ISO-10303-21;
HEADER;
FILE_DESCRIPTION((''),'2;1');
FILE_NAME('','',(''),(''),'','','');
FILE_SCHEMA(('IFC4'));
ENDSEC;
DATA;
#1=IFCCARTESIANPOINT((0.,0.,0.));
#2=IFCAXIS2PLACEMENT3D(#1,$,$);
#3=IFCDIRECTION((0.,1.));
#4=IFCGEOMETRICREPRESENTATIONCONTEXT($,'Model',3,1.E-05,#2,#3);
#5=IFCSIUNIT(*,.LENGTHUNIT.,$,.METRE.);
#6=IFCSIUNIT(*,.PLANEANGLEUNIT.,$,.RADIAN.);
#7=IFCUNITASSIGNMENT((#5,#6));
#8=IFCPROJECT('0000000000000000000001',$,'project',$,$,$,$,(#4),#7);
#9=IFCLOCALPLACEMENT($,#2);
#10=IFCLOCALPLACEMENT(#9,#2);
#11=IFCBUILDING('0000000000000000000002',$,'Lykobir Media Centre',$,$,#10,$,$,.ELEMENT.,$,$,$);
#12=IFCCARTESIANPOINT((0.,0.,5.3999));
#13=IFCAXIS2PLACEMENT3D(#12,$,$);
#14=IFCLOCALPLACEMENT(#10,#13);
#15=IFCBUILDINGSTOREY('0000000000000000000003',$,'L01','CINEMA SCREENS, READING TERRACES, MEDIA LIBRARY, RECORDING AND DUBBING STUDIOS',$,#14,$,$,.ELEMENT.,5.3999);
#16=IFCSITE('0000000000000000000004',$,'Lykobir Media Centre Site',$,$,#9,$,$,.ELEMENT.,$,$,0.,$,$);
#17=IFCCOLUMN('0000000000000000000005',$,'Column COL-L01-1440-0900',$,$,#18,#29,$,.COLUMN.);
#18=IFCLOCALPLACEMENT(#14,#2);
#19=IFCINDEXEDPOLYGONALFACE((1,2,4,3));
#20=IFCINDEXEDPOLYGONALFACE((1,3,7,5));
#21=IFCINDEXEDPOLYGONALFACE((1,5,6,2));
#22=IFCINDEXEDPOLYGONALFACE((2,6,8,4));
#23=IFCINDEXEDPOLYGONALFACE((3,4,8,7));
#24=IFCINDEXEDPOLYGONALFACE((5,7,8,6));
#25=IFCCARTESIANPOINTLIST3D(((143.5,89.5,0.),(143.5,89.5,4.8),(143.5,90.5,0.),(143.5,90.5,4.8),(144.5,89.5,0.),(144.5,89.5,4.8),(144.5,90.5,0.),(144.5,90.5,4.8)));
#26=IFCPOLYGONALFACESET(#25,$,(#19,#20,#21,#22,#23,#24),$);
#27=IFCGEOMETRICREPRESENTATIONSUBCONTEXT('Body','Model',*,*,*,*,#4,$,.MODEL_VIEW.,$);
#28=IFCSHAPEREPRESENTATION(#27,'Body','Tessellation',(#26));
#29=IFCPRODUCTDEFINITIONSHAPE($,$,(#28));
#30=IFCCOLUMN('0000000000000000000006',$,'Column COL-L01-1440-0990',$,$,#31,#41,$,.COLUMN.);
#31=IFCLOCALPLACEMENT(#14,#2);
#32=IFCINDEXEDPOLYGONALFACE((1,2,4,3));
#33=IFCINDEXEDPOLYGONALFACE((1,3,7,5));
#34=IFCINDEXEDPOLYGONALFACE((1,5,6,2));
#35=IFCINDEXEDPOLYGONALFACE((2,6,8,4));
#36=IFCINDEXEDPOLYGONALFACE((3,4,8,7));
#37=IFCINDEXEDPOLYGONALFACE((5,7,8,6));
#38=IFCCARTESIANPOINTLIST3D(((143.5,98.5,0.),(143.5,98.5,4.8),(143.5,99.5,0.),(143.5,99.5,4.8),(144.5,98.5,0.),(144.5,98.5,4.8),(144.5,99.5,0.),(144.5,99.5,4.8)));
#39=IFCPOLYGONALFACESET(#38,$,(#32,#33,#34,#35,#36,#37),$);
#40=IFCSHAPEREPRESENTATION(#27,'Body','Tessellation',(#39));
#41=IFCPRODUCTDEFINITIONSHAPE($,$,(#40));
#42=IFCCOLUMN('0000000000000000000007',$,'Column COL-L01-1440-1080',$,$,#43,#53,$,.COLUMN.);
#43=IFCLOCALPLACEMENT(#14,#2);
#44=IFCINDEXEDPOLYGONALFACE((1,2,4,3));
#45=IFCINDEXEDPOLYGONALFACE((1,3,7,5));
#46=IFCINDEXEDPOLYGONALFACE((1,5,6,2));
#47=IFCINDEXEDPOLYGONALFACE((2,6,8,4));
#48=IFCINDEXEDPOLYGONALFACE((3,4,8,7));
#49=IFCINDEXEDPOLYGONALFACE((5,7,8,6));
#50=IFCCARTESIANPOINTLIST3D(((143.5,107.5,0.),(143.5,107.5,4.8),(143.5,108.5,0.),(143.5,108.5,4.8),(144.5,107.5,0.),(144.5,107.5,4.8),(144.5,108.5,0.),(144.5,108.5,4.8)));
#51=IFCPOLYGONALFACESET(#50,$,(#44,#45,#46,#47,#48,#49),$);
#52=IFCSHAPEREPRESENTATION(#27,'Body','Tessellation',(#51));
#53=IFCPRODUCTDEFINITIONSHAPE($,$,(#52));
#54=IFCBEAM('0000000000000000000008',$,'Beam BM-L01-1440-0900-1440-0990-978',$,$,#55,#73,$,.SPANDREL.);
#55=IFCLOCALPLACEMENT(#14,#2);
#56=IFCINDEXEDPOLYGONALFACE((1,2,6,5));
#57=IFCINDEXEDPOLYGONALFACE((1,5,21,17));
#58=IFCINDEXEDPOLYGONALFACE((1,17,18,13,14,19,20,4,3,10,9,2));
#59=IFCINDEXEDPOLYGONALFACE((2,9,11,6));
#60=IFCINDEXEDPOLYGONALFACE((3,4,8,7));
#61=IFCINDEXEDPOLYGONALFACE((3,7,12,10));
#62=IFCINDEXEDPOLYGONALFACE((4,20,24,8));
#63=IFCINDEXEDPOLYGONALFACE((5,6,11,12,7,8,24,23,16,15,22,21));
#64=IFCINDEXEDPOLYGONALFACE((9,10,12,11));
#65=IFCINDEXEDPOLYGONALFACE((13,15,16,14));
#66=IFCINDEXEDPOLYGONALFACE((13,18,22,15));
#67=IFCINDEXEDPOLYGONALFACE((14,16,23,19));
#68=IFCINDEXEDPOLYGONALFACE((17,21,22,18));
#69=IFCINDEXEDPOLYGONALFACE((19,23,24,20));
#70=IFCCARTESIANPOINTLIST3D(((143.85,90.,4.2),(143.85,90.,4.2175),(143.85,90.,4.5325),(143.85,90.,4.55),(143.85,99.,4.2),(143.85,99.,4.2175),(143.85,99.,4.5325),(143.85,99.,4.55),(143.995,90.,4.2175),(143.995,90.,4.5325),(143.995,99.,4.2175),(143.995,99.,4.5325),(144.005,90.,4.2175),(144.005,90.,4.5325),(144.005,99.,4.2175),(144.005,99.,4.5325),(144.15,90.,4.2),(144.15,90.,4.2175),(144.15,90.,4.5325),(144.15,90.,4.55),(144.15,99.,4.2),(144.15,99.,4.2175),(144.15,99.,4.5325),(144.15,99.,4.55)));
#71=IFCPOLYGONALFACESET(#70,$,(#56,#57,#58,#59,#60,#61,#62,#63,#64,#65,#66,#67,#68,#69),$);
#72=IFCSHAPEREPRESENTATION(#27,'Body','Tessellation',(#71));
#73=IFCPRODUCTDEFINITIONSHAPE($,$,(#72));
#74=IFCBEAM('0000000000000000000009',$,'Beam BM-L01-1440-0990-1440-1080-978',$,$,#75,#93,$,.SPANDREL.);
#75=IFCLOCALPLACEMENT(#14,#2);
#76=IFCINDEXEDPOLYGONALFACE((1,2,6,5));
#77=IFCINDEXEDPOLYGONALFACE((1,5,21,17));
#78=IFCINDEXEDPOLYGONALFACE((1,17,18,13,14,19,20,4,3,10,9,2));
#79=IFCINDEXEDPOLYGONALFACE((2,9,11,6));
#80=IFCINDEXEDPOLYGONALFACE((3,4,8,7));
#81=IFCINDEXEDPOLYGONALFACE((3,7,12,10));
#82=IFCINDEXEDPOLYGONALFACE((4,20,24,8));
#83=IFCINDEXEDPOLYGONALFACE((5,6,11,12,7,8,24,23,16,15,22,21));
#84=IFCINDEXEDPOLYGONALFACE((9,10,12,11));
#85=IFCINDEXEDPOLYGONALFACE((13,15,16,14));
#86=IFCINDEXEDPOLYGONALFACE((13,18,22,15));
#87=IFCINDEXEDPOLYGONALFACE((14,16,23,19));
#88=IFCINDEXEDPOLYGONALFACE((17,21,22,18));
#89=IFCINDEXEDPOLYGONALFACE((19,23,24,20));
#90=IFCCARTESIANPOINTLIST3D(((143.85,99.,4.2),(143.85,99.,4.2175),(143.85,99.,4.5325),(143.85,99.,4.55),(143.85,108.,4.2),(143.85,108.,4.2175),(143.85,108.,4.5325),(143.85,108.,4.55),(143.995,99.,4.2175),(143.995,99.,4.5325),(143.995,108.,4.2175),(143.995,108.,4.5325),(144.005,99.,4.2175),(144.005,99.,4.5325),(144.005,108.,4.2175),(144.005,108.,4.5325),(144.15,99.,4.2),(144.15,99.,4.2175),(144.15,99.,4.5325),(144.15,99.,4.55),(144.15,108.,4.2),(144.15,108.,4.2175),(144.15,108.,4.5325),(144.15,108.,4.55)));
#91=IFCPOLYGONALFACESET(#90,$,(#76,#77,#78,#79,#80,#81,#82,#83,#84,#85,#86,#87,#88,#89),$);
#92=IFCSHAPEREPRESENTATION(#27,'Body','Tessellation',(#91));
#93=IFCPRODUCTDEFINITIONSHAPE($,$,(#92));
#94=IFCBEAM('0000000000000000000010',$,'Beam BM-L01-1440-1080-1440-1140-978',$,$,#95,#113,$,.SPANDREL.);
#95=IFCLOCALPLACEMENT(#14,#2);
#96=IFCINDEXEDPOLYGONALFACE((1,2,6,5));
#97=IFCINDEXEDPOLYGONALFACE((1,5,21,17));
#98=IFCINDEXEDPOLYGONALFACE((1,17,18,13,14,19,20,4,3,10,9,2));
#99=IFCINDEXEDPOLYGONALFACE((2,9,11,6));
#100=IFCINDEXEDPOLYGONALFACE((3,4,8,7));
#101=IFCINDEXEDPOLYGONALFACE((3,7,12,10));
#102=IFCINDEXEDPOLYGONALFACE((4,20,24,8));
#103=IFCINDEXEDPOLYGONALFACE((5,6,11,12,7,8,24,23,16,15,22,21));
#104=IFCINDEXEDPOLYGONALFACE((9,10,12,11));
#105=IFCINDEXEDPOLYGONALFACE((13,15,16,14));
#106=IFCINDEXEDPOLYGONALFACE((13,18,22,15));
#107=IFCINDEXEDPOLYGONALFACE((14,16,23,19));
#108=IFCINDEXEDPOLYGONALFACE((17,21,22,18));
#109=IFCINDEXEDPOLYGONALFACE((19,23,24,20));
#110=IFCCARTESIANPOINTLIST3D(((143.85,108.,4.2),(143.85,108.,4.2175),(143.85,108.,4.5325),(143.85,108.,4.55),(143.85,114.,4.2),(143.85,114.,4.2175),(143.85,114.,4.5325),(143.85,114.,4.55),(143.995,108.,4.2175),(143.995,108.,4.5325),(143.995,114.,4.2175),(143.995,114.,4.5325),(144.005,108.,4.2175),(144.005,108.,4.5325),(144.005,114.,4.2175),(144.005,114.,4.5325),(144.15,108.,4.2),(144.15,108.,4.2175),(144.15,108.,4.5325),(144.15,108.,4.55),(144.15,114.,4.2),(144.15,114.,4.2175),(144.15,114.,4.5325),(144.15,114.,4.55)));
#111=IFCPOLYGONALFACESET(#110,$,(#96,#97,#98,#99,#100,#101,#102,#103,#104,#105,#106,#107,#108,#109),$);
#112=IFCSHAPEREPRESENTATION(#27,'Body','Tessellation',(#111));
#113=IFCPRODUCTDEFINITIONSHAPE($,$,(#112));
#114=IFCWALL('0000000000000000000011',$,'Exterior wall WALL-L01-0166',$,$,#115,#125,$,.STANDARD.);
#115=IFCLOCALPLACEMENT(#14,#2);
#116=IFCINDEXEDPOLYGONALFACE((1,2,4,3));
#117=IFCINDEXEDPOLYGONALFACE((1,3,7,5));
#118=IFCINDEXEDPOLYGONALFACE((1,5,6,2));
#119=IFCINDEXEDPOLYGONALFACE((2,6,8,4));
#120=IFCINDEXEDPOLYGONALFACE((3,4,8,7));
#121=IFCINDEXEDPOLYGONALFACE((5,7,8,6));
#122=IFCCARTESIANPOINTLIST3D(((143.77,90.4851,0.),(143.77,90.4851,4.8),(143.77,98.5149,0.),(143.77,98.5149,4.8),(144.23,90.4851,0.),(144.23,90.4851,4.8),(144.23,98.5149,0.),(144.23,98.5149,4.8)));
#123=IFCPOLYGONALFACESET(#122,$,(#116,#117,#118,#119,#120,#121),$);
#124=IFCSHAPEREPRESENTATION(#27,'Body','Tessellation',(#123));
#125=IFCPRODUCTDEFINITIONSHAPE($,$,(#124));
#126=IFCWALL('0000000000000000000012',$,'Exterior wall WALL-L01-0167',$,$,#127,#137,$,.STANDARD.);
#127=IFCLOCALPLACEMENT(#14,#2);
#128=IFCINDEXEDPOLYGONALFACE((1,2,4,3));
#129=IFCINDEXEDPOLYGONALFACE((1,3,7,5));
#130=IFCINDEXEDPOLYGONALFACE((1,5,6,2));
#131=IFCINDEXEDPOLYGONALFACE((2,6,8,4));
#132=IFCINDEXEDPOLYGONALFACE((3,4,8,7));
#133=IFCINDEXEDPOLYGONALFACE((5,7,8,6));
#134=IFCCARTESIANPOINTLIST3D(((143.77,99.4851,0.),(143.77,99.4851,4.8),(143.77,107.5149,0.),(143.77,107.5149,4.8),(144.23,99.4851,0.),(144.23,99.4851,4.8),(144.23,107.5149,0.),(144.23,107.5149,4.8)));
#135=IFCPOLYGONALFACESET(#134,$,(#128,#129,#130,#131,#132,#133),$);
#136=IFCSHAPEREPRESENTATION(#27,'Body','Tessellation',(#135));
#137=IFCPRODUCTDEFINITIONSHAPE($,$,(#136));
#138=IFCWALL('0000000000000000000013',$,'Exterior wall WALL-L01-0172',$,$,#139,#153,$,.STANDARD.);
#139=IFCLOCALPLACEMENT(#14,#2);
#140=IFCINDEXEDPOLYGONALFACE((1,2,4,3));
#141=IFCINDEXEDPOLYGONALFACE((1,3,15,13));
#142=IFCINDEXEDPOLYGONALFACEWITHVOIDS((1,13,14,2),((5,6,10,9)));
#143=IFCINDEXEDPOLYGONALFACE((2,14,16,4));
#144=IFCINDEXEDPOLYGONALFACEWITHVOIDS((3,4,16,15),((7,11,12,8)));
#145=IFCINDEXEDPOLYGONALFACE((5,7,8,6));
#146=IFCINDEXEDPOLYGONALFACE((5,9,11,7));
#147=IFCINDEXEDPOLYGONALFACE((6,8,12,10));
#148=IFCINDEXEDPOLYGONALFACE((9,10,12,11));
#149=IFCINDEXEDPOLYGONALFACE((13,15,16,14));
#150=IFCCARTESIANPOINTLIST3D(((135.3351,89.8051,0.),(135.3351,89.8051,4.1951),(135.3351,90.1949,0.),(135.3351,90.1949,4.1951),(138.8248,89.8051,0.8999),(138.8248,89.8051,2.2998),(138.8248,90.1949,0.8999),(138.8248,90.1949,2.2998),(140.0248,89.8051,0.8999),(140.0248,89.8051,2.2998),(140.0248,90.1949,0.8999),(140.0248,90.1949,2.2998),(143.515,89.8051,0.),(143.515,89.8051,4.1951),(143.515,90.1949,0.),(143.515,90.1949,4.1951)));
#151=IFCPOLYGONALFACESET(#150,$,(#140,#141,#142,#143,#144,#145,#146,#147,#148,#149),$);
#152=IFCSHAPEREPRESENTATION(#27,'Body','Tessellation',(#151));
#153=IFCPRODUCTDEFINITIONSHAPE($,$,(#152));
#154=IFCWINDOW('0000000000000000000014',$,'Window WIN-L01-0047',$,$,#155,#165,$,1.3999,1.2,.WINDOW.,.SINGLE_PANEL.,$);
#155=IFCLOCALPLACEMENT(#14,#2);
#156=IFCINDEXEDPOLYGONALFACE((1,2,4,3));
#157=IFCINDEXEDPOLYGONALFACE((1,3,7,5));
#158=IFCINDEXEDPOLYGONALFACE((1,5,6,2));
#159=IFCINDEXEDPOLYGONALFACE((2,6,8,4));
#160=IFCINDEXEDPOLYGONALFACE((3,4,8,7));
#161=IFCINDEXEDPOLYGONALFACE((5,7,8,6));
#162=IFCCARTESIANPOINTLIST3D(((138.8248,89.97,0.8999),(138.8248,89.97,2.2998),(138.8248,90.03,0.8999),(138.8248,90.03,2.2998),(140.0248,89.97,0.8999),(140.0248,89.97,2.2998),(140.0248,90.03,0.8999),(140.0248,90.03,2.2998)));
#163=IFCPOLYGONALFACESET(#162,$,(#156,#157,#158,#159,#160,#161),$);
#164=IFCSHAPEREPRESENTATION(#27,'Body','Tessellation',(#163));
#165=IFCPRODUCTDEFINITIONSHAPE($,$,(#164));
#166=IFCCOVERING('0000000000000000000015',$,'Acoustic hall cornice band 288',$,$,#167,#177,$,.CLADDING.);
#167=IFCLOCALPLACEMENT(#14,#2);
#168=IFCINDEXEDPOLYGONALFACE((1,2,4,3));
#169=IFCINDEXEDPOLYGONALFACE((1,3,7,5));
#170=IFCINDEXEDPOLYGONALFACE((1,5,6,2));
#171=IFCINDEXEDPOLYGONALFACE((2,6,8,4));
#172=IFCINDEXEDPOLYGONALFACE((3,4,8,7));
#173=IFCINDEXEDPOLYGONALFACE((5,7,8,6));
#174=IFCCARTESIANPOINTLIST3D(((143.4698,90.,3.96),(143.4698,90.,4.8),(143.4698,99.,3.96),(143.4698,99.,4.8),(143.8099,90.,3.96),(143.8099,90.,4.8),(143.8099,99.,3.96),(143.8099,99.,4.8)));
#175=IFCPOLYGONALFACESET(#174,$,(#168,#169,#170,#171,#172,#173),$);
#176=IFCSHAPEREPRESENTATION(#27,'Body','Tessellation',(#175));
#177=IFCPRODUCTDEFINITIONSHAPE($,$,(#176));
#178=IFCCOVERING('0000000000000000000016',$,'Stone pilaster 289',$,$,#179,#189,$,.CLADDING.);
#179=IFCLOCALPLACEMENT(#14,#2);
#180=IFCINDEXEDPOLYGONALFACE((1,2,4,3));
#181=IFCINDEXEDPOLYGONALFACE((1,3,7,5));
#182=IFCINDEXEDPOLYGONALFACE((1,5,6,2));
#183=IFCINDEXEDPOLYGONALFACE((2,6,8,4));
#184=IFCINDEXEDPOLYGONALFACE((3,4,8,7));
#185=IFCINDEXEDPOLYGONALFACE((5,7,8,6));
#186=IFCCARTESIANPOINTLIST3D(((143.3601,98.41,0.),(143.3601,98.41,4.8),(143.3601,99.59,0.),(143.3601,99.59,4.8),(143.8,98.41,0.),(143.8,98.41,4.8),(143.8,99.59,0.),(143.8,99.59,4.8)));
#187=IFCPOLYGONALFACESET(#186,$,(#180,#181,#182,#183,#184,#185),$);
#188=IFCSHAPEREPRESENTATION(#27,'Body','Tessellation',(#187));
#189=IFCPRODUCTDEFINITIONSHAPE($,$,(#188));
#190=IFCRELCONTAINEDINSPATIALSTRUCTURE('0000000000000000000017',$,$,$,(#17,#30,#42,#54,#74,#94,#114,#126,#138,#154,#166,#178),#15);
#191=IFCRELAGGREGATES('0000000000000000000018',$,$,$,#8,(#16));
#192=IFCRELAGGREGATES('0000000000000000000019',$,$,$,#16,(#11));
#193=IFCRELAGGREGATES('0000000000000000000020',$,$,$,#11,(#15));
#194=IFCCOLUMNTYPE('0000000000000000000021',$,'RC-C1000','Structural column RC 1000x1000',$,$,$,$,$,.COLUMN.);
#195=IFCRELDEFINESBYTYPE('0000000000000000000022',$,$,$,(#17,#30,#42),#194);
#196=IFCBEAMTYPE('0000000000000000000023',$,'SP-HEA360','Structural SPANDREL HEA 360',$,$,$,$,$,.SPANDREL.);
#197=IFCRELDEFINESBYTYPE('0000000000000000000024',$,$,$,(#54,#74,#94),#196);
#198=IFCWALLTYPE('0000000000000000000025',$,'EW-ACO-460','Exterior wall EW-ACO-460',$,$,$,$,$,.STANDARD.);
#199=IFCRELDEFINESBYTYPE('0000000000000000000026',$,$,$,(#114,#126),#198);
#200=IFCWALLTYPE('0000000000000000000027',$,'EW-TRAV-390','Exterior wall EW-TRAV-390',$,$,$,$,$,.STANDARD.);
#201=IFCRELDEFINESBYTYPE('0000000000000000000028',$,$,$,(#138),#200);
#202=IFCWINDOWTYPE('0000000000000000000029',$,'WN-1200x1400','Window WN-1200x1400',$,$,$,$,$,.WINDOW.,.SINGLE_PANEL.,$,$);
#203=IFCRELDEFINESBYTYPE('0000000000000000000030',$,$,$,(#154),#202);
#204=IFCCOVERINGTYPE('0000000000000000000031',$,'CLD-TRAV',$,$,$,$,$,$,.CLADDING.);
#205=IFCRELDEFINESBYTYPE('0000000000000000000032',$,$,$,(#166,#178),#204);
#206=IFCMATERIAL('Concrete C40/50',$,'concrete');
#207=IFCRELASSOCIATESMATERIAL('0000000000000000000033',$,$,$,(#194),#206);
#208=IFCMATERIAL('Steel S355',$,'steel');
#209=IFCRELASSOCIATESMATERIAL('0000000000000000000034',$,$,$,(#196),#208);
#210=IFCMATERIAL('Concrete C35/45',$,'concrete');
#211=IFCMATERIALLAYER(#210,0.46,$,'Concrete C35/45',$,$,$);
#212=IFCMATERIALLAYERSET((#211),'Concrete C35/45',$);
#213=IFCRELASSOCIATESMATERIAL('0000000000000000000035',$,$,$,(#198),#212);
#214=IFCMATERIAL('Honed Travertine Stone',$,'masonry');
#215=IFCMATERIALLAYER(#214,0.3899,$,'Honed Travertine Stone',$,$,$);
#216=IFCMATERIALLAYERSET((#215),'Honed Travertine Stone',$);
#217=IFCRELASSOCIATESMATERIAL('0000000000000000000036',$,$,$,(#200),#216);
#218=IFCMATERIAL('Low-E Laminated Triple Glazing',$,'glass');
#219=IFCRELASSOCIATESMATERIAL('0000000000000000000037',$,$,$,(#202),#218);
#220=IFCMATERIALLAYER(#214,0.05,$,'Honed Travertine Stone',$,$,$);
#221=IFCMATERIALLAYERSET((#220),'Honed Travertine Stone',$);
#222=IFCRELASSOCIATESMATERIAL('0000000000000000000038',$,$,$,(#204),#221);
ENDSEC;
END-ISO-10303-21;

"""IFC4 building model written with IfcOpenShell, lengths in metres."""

from ifc_helpers import new_model, si_unit, direction, frame, frame_2d, origin, origin_2d, place, context, subcontext, project, spatial, rectangle, i_section, extrude, material, layer, layer_set, material_profile, profile_set, type_object, element, fill, save


model = new_model("IFC4")

# Units and contexts
model_context = context("Model", 3, precision=1e-05, world=origin(), true_north=direction((0.0, 1.0)))
body_context = subcontext(model_context, "Body", "Model", "MODEL_VIEW")
ifc_project = project(units=[si_unit("LENGTHUNIT", "METRE"), si_unit("PLANEANGLEUNIT", "RADIAN")], contexts=[model_context])

# Site, building, storey
site_placement = place(None, origin())
site = spatial("IfcSite", under=ifc_project, at=site_placement, Name="Lykobir Media Centre Site", CompositionType="ELEMENT", RefElevation=0.0)
building_placement = place(site_placement, origin())
building = spatial("IfcBuilding", under=site, at=building_placement, Name="Lykobir Media Centre", CompositionType="ELEMENT")
storey_placement = place(building_placement, frame((0.0, 0.0, 5.3999)))
storey = spatial("IfcBuildingStorey", under=building, at=storey_placement, Name="L01", Description="CINEMA SCREENS, READING TERRACES, MEDIA LIBRARY, RECORDING AND DUBBING STUDIOS", CompositionType="ELEMENT", Elevation=5.3999)

# Columns
ifc_material_1 = material(Name="Concrete C40/50", Category="concrete")
ifc_material_profile_1 = material_profile(ifc_material_1, rectangle(XDim=1.0, YDim=1.0, at=origin_2d()), Name="RC 1000x1000")
ifc_profile_set_1 = profile_set([ifc_material_profile_1], Name="Concrete C40/50")
column_type = type_object("IfcColumnType", Name="RC-C1000", Description="Structural column RC 1000x1000", PredefinedType="COLUMN", material=ifc_profile_set_1)
for number, where, z_axis, x_axis, name in (
    (1, (144.0, 90.0, 0.0), (0.0, 0.0, 1.0), (1.0, 0.0, 0.0), "Column COL-L01-1440-0900"),
    (2, (144.0, 99.0, 0.0), (0.0, 0.0, 1.0), (1.0, 0.0, 0.0), "Column COL-L01-1440-0990"),
    (3, (144.0, 108.0, 0.0), (0.0, 0.0, 1.0), (1.0, 0.0, 0.0), "Column COL-L01-1440-1080"),
):
    element("IfcColumn", number, at=place(storey_placement, frame(where, z_axis=z_axis, x_axis=x_axis)), inside=storey, type_object=column_type, Name=name, PredefinedType="COLUMN", context=body_context, shape_type="SweptSolid", body=[
        extrude(rectangle(XDim=1.0, YDim=1.0, at=origin_2d()), origin(), (0.0, 0.0, 1.0), 4.8),
    ])

# Beams
ifc_material_2 = material(Name="Steel S355", Category="steel")
ifc_material_profile_2 = material_profile(ifc_material_2, i_section(OverallWidth=0.3, OverallDepth=0.3501, WebThickness=0.01, FlangeThickness=0.0176, at=origin_2d()), Name="HEA 360")
ifc_profile_set_2 = profile_set([ifc_material_profile_2], Name="Steel S355")
beam_type = type_object("IfcBeamType", Name="SP-HEA360", Description="Structural SPANDREL HEA 360", PredefinedType="SPANDREL", material=ifc_profile_set_2)
for number, where, z_axis, x_axis, name in (
    (4, (144.0, 90.0, 4.375), (0.0, 1.0, 0.0), (-1.0, 0.0, 0.0), "Beam BM-L01-1440-0900-1440-0990-978"),
    (5, (144.0, 99.0, 4.375), (0.0, 1.0, 0.0), (-1.0, 0.0, 0.0), "Beam BM-L01-1440-0990-1440-1080-978"),
):
    element("IfcBeam", number, at=place(storey_placement, frame(where, z_axis=z_axis, x_axis=x_axis)), inside=storey, type_object=beam_type, Name=name, PredefinedType="SPANDREL", context=body_context, shape_type="SweptSolid", body=[
        extrude(i_section(OverallWidth=0.3, OverallDepth=0.3501, WebThickness=0.01, FlangeThickness=0.0176, at=origin_2d()), origin(), (0.0, 0.0, 1.0), 9.0),
    ])
beam_placement = place(storey_placement, frame((144.0, 108.0, 4.375), z_axis=(0.0, 1.0, 0.0), x_axis=(-1.0, 0.0, 0.0)))
element("IfcBeam", 6, at=beam_placement, inside=storey, type_object=beam_type, Name="Beam BM-L01-1440-1080-1440-1140-978", PredefinedType="SPANDREL", context=body_context, shape_type="SweptSolid", body=[
    extrude(i_section(OverallWidth=0.3, OverallDepth=0.3501, WebThickness=0.01, FlangeThickness=0.0176, at=origin_2d()), origin(), (0.0, 0.0, 1.0), 6.0),
])

# Walls
ifc_material_3 = material(Name="Concrete C35/45", Category="concrete")
ifc_layer_1 = layer(ifc_material_3, 0.46, Name="Concrete C35/45")
ifc_layer_set_1 = layer_set([ifc_layer_1], Name="Concrete C35/45")
wall_type_1 = type_object("IfcWallType", Name="EW-ACO-460", Description="Exterior wall EW-ACO-460", PredefinedType="STANDARD", material=ifc_layer_set_1)
for number, where, z_axis, x_axis, name in (
    (7, (144.0, 98.5149, 0.0), (0.0, 0.0, 1.0), (0.0, -1.0, 0.0), "Exterior wall WALL-L01-0166"),
    (8, (144.0, 107.5149, 0.0), (0.0, 0.0, 1.0), (0.0, -1.0, 0.0), "Exterior wall WALL-L01-0167"),
):
    element("IfcWall", number, at=place(storey_placement, frame(where, z_axis=z_axis, x_axis=x_axis)), inside=storey, type_object=wall_type_1, Name=name, PredefinedType="STANDARD", context=body_context, shape_type="SweptSolid", body=[
        extrude(rectangle(XDim=8.0298, YDim=0.46, at=frame_2d((4.0149, 0.0))), origin(), (0.0, 0.0, 1.0), 4.8),
    ])

# Wall, opening, window
ifc_material_4 = material(Name="Honed Travertine Stone", Category="masonry")
ifc_layer_2 = layer(ifc_material_4, 0.3899, Name="Honed Travertine Stone")
ifc_layer_set_2 = layer_set([ifc_layer_2], Name="Honed Travertine Stone")
wall_type_2 = type_object("IfcWallType", Name="EW-TRAV-390", Description="Exterior wall EW-TRAV-390", PredefinedType="STANDARD", material=ifc_layer_set_2)
wall_placement = place(storey_placement, frame((143.5149, 90.0, 0.0), z_axis=(0.0, 0.0, 1.0), x_axis=(-1.0, 0.0, 0.0)))
wall = element("IfcWall", 9, at=wall_placement, inside=storey, type_object=wall_type_2, Name="Exterior wall WALL-L01-0172", PredefinedType="STANDARD", context=body_context, shape_type="SweptSolid", body=[
    extrude(rectangle(XDim=8.1799, YDim=0.3899, at=frame_2d((4.0898, 0.0))), origin(), (0.0, 0.0, 1.0), 4.1951),
])
opening_placement = place(wall_placement, frame((3.49, 0.0, 0.8999)))
opening = element("IfcOpeningElement", 10, at=opening_placement, cuts=wall, PredefinedType="OPENING", context=body_context, shape_type="SweptSolid", body=[
    extrude(rectangle(XDim=1.2, YDim=1.3999, at=frame_2d((0.6001, 0.7))), frame((0.0, 0.2048, 0.0), z_axis=(0.0, -1.0, 0.0), x_axis=(1.0, 0.0, 0.0)), (0.0, 0.0, 1.0), 0.4099),
])
ifc_material_5 = material(Name="Low-E Laminated Triple Glazing", Category="glass")
window_type = type_object("IfcWindowType", Name="WN-1200x1400", Description="Window WN-1200x1400", PartitioningType="SINGLE_PANEL", PredefinedType="WINDOW", material=ifc_material_5)
window_placement = place(opening_placement, origin())
window = element("IfcWindow", 11, at=window_placement, inside=storey, type_object=window_type, Name="Window WIN-L01-0047", OverallHeight=1.3999, OverallWidth=1.2, PartitioningType="SINGLE_PANEL", PredefinedType="WINDOW", context=body_context, shape_type="SweptSolid", body=[
    extrude(rectangle(XDim=1.2, YDim=1.3999, at=frame_2d((0.6001, 0.7))), frame((0.0, 0.03, 0.0), z_axis=(0.0, -1.0, 0.0), x_axis=(1.0, 0.0, 0.0)), (0.0, 0.0, 1.0), 0.0601),
])
fill(opening, window)

# Coverings
ifc_layer_3 = layer(ifc_material_4, 0.05, Name="Honed Travertine Stone")
ifc_layer_set_3 = layer_set([ifc_layer_3], Name="Honed Travertine Stone")
covering_type = type_object("IfcCoveringType", Name="CLD-TRAV", PredefinedType="CLADDING", material=ifc_layer_set_3)
covering_1_placement = place(storey_placement, frame((143.6399, 94.5, 3.96), z_axis=(0.0, 0.0, 1.0), x_axis=(0.0, -1.0, 0.0)))
element("IfcCovering", 12, at=covering_1_placement, inside=storey, type_object=covering_type, Name="Acoustic hall cornice band 288", PredefinedType="CLADDING", context=body_context, shape_type="SweptSolid", body=[
    extrude(rectangle(XDim=9.0, YDim=0.3401, at=origin_2d()), origin(), (0.0, 0.0, 1.0), 0.8401),
])
for number, where, z_axis, x_axis, name in (
    (13, (143.5801, 99.0, 0.0), (0.0, 0.0, 1.0), (0.0, -1.0, 0.0), "Stone pilaster 289"),
):
    element("IfcCovering", number, at=place(storey_placement, frame(where, z_axis=z_axis, x_axis=x_axis)), inside=storey, type_object=covering_type, Name=name, PredefinedType="CLADDING", context=body_context, shape_type="SweptSolid", body=[
        extrude(rectangle(XDim=1.1799, YDim=0.4399, at=origin_2d()), origin(), (0.0, 0.0, 1.0), 4.8),
    ])

save(model, "model.ifc")
